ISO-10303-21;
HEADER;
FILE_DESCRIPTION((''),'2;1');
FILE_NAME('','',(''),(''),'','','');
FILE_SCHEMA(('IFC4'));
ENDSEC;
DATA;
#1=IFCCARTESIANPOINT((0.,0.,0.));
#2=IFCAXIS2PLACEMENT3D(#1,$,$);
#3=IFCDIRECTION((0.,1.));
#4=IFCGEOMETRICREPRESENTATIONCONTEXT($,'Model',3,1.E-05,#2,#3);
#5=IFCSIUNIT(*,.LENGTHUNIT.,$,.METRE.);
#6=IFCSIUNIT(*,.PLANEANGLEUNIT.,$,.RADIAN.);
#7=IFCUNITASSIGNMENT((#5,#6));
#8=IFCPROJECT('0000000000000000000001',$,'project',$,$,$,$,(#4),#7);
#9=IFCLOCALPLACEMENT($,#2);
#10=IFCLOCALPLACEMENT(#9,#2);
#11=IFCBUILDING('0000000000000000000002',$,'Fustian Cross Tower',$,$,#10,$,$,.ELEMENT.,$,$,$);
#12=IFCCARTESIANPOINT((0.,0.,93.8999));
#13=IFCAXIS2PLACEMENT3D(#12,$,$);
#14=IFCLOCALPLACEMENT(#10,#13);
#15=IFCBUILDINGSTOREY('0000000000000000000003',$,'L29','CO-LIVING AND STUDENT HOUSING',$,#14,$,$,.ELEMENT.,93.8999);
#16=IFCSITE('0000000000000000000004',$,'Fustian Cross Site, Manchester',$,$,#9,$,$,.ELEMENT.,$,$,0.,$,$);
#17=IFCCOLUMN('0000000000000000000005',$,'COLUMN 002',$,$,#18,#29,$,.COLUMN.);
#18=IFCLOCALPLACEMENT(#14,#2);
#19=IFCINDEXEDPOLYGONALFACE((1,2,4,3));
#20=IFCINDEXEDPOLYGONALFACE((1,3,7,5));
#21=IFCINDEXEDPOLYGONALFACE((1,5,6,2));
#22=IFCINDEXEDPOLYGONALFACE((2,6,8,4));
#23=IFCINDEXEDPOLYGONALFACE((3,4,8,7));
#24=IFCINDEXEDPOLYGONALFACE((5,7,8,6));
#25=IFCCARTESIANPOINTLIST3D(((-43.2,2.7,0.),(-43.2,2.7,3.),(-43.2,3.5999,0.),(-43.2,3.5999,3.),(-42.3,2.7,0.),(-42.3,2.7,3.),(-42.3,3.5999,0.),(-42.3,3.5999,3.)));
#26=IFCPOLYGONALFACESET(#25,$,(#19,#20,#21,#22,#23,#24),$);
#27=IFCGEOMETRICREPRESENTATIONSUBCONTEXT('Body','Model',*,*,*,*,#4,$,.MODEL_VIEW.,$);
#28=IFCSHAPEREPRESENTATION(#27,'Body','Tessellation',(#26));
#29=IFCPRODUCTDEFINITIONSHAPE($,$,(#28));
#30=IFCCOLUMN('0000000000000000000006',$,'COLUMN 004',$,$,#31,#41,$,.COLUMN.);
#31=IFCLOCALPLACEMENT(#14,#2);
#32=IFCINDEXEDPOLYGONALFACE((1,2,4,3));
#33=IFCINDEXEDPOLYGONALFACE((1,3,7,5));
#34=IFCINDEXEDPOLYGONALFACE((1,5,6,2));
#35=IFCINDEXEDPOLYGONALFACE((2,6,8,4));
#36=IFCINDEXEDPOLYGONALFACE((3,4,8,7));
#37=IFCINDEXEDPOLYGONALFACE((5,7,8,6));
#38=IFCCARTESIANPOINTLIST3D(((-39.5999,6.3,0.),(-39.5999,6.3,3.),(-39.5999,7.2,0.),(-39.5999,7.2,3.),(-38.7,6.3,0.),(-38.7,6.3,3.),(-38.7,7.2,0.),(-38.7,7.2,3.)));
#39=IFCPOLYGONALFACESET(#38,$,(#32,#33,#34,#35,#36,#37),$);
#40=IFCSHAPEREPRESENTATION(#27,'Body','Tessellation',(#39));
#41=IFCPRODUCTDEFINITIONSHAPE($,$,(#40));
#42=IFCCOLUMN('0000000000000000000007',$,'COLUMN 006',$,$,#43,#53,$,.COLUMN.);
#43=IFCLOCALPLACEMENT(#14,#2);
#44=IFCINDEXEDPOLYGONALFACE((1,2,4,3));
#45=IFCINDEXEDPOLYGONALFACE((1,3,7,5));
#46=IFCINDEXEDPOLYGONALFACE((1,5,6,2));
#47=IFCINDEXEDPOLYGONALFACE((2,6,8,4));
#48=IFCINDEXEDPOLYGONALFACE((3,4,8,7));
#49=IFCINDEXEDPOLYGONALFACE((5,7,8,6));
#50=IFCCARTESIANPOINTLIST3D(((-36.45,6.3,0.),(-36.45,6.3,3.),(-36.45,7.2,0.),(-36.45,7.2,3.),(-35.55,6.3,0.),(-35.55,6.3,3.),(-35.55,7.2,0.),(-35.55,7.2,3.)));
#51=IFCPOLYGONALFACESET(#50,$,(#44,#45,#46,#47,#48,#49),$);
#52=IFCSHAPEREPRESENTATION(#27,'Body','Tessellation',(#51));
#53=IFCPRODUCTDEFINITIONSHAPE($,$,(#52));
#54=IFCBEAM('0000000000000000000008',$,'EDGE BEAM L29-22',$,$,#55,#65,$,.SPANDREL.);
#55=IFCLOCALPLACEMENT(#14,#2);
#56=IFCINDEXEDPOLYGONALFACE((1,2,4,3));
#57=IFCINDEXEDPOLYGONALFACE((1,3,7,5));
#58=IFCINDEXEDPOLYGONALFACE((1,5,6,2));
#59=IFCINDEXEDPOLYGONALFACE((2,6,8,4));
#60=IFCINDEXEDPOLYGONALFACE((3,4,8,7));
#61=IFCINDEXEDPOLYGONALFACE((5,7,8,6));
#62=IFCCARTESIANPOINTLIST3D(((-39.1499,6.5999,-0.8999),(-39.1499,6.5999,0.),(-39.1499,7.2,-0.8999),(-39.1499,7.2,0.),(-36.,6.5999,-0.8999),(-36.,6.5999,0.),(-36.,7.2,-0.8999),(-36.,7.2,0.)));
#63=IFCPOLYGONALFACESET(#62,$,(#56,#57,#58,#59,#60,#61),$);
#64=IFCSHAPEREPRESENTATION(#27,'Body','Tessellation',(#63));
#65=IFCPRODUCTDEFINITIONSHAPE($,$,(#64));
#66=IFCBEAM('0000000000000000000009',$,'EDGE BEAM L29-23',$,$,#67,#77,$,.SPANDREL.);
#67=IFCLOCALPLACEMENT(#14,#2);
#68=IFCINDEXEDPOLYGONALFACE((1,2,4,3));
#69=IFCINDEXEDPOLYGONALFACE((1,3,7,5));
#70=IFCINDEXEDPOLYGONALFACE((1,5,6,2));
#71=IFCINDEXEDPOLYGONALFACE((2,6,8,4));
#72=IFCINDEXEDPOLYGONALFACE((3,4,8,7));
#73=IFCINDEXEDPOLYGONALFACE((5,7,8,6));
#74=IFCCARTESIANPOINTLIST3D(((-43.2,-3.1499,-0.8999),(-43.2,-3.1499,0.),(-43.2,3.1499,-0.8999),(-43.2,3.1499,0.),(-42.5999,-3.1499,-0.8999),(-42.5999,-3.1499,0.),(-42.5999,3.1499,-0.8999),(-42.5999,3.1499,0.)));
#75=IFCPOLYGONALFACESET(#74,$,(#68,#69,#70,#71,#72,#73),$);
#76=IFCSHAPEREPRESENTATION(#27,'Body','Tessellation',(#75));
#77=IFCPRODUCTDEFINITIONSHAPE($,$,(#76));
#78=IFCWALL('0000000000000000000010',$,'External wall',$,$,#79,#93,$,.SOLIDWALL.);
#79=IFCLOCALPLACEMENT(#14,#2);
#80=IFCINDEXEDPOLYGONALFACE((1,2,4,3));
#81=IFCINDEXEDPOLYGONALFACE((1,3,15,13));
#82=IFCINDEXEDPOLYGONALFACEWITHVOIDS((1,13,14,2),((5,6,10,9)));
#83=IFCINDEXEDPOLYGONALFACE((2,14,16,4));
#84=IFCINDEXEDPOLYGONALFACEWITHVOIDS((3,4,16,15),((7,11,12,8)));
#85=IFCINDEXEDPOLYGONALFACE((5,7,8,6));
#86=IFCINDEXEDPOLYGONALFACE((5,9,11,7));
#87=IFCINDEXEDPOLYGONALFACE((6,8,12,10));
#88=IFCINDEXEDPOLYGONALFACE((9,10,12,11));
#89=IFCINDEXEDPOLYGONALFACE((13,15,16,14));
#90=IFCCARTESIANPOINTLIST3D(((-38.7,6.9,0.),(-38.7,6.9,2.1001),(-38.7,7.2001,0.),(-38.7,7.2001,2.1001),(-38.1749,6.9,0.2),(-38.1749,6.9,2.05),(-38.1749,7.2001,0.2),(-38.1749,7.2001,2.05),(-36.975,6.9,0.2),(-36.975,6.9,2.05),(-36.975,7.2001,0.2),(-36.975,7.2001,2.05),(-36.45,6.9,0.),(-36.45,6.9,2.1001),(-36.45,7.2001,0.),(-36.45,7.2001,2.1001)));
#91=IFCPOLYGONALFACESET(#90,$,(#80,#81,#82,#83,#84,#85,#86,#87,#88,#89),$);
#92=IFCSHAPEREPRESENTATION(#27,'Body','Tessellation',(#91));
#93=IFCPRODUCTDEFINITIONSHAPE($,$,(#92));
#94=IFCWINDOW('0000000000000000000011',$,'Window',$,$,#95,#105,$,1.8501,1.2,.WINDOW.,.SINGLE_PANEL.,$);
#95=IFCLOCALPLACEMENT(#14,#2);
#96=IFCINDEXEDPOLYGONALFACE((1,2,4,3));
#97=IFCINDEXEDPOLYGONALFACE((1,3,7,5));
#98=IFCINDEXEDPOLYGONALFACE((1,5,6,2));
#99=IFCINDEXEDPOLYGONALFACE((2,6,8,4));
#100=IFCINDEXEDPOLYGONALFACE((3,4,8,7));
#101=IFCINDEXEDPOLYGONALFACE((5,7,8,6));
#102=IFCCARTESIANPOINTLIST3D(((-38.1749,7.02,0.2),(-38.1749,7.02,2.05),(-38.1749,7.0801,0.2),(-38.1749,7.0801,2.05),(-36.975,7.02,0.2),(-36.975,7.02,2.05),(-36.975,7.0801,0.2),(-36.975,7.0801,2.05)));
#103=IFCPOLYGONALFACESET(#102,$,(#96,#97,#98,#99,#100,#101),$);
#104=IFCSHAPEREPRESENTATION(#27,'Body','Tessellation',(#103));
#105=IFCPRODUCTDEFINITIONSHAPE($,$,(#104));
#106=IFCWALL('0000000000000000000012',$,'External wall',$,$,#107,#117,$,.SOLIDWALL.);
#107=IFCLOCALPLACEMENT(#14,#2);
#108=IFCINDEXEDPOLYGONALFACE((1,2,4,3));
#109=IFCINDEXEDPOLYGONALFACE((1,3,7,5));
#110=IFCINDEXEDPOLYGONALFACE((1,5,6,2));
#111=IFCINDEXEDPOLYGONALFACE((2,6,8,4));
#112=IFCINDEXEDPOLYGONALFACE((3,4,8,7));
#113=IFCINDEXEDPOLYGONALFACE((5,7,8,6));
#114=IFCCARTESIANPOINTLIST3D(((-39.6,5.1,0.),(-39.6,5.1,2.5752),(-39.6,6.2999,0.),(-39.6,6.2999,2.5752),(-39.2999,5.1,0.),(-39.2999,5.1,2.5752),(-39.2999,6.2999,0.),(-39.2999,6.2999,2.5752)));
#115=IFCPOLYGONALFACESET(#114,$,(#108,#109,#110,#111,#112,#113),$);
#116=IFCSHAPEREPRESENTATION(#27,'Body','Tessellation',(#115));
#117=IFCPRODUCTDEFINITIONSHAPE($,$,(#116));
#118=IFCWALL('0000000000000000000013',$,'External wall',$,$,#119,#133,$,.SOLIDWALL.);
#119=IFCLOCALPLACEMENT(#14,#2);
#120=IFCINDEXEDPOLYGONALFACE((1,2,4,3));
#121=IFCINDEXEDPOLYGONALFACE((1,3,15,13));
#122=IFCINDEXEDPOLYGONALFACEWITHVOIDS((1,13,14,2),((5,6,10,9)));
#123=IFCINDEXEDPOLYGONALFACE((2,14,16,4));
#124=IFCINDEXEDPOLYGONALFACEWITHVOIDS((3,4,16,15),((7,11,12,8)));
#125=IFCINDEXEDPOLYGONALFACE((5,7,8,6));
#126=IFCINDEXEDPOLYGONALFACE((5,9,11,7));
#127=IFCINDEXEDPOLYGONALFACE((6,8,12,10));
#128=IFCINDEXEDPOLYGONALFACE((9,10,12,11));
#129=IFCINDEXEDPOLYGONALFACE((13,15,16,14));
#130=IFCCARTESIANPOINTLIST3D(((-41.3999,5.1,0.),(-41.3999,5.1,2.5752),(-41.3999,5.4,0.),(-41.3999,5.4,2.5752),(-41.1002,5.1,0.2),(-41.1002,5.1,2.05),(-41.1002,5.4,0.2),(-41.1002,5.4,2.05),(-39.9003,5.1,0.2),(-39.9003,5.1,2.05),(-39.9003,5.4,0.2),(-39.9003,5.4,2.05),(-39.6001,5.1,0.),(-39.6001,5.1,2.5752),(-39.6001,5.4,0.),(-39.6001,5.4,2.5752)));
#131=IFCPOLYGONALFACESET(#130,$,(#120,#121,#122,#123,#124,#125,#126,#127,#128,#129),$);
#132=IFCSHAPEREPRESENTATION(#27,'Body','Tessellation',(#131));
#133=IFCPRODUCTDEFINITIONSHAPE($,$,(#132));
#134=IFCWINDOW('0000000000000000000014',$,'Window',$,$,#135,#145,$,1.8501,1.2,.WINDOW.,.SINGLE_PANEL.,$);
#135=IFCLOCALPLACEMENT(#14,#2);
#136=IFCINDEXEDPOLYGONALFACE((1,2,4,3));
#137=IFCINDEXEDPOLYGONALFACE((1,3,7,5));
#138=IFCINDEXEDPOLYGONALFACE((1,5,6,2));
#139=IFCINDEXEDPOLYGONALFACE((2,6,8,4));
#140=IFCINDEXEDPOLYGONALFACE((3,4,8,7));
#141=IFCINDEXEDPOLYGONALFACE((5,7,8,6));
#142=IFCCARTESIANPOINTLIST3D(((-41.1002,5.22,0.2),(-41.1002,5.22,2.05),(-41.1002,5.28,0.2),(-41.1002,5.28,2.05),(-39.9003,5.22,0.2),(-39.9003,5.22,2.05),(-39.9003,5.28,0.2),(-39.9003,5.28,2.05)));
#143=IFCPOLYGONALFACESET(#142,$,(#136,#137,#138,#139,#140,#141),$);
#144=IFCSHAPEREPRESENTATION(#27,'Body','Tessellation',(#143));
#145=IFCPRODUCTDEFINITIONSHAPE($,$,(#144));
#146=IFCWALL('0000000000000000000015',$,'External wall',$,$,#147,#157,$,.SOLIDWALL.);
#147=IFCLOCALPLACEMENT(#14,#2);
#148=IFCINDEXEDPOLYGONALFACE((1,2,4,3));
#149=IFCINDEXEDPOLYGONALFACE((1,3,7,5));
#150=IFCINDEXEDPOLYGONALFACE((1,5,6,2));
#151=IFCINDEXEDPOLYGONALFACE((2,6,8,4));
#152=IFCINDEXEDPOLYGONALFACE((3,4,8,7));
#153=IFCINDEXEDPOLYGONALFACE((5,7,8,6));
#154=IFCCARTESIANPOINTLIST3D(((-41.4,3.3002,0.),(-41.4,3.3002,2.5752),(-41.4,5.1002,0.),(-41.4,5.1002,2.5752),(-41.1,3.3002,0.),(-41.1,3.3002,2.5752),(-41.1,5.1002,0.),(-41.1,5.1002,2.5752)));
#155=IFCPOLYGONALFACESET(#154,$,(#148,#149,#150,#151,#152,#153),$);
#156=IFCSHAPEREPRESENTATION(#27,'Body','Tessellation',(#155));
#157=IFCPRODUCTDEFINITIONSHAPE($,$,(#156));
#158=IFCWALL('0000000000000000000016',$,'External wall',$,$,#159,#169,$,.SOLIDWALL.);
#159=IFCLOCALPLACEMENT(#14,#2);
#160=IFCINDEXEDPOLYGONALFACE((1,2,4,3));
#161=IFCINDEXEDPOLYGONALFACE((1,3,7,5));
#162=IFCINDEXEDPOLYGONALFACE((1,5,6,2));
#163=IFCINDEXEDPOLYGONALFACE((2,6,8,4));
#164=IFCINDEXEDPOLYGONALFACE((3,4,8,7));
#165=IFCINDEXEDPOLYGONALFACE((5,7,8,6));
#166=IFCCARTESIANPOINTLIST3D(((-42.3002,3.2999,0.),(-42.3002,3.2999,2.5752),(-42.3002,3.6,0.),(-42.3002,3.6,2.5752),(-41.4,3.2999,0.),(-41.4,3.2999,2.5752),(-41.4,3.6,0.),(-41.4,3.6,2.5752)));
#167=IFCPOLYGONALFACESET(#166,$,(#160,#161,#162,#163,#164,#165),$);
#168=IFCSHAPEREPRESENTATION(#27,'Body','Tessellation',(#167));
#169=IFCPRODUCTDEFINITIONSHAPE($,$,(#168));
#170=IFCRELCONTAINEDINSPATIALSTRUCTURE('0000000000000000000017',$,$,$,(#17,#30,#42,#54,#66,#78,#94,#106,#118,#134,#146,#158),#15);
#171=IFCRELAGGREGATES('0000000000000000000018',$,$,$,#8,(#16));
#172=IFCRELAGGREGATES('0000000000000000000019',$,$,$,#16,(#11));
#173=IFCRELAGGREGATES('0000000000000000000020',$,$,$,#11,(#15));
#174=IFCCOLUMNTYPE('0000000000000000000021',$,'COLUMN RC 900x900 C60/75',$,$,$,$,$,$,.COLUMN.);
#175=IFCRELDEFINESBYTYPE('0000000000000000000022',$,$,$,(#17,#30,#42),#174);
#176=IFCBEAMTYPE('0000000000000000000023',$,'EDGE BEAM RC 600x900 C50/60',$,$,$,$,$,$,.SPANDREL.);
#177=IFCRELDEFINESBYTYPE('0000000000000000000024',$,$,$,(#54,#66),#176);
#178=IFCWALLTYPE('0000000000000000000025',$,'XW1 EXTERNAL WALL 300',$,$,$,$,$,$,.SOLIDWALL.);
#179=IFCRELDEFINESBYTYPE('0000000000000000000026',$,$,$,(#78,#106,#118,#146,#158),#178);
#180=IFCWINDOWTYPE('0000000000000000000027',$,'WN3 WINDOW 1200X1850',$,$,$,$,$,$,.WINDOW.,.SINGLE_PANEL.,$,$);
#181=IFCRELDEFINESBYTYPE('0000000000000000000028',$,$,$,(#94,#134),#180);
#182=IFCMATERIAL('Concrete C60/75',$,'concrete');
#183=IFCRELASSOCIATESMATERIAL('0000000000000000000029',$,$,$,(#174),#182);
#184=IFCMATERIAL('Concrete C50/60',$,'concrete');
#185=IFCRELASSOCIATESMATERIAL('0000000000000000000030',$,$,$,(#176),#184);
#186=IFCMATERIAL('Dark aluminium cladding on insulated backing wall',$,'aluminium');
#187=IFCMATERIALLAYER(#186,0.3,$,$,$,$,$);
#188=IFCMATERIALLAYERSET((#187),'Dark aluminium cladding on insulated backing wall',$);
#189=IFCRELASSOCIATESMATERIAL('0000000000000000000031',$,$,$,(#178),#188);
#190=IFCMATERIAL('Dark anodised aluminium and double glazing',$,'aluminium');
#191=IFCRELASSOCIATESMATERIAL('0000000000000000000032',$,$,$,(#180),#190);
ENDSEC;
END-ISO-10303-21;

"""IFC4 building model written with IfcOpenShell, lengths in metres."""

from ifc_helpers import new_model, si_unit, direction, frame, frame_2d, origin, origin_2d, place, context, subcontext, project, spatial, rectangle, extrude, material, layer, layer_set, material_profile, profile_set, type_object, element, fill, save


model = new_model("IFC4")

# Units and contexts
model_context = context("Model", 3, precision=1e-05, world=origin(), true_north=direction((0.0, 1.0)))
body_context = subcontext(model_context, "Body", "Model", "MODEL_VIEW")
ifc_project = project(units=[si_unit("LENGTHUNIT", "METRE"), si_unit("PLANEANGLEUNIT", "RADIAN")], contexts=[model_context])

# Site, building, storey
site_placement = place(None, origin())
site = spatial("IfcSite", under=ifc_project, at=site_placement, Name="Fustian Cross Site, Manchester", CompositionType="ELEMENT", RefElevation=0.0)
building_placement = place(site_placement, origin())
building = spatial("IfcBuilding", under=site, at=building_placement, Name="Fustian Cross Tower", CompositionType="ELEMENT")
storey_placement = place(building_placement, frame((0.0, 0.0, 93.8999)))
storey = spatial("IfcBuildingStorey", under=building, at=storey_placement, Name="L29", Description="CO-LIVING AND STUDENT HOUSING", CompositionType="ELEMENT", Elevation=93.8999)

# Columns
ifc_material_1 = material(Name="Concrete C60/75", Category="concrete")
ifc_material_profile_1 = material_profile(ifc_material_1, rectangle(XDim=0.8999, YDim=0.8999, at=origin_2d()), Name="RC 900x900")
ifc_profile_set_1 = profile_set([ifc_material_profile_1], Name="Concrete C60/75")
column_type = type_object("IfcColumnType", Name="COLUMN RC 900x900 C60/75", PredefinedType="COLUMN", material=ifc_profile_set_1)
for number, where, z_axis, x_axis, name in (
    (1, (-42.75, 3.1499, 0.0), (0.0, 0.0, 1.0), (1.0, 0.0, 0.0), "COLUMN 002"),
    (2, (-39.1499, 6.75, 0.0), (0.0, 0.0, 1.0), (1.0, 0.0, 0.0), "COLUMN 004"),
    (3, (-36.0, 6.75, 0.0), (0.0, 0.0, 1.0), (1.0, 0.0, 0.0), "COLUMN 006"),
):
    element("IfcColumn", number, at=place(storey_placement, frame(where, z_axis=z_axis, x_axis=x_axis)), inside=storey, type_object=column_type, Name=name, PredefinedType="COLUMN", context=body_context, shape_type="SweptSolid", body=[
        extrude(rectangle(XDim=0.8999, YDim=0.8999, at=origin_2d()), origin(), (0.0, 0.0, 1.0), 3.0),
    ])

# Beams
ifc_material_2 = material(Name="Concrete C50/60", Category="concrete")
ifc_material_profile_2 = material_profile(ifc_material_2, rectangle(XDim=0.6001, YDim=0.8999, at=origin_2d()), Name="RC 600x900")
ifc_profile_set_2 = profile_set([ifc_material_profile_2], Name="Concrete C50/60")
beam_type = type_object("IfcBeamType", Name="EDGE BEAM RC 600x900 C50/60", PredefinedType="SPANDREL", material=ifc_profile_set_2)
beam_1_placement = place(storey_placement, frame((-36.0, 6.8999, -0.45), z_axis=(-1.0, 0.0, 0.0), x_axis=(0.0, -1.0, 0.0)))
element("IfcBeam", 4, at=beam_1_placement, inside=storey, type_object=beam_type, Name="EDGE BEAM L29-22", PredefinedType="SPANDREL", context=body_context, shape_type="SweptSolid", body=[
    extrude(rectangle(XDim=0.6001, YDim=0.8999, at=origin_2d()), origin(), (0.0, 0.0, 1.0), 3.1499),
])
beam_2_placement = place(storey_placement, frame((-42.8999, 3.1499, -0.45), z_axis=(0.0, -1.0, 0.0), x_axis=(1.0, 0.0, 0.0)))
element("IfcBeam", 5, at=beam_2_placement, inside=storey, type_object=beam_type, Name="EDGE BEAM L29-23", PredefinedType="SPANDREL", context=body_context, shape_type="SweptSolid", body=[
    extrude(rectangle(XDim=0.6001, YDim=0.8999, at=origin_2d()), origin(), (0.0, 0.0, 1.0), 6.2998),
])

# Wall, opening, window
ifc_material_3 = material(Name="Dark aluminium cladding on insulated backing wall", Category="aluminium")
ifc_layer = layer(ifc_material_3, 0.3)
ifc_layer_set = layer_set([ifc_layer], Name="Dark aluminium cladding on insulated backing wall")
wall_type = type_object("IfcWallType", Name="XW1 EXTERNAL WALL 300", PredefinedType="SOLIDWALL", material=ifc_layer_set)
wall_1_placement = place(storey_placement, frame((-36.45, 7.05, 0.0), z_axis=(0.0, 0.0, 1.0), x_axis=(-1.0, 0.0, 0.0)))
wall_1 = element("IfcWall", 6, at=wall_1_placement, inside=storey, type_object=wall_type, Name="External wall", PredefinedType="SOLIDWALL", context=body_context, shape_type="SweptSolid", body=[
    extrude(rectangle(XDim=2.25, YDim=0.3, at=frame_2d((1.125, 0.0))), origin(), (0.0, 0.0, 1.0), 2.1001),
])
opening_1_placement = place(wall_1_placement, frame((0.5249, 0.0, 0.2)))
opening_1 = element("IfcOpeningElement", 7, at=opening_1_placement, cuts=wall_1, PredefinedType="OPENING", context=body_context, shape_type="SweptSolid", body=[
    extrude(rectangle(XDim=1.2, YDim=1.8501, at=frame_2d((0.6001, 0.925))), frame((0.0, 0.1599, 0.0), z_axis=(0.0, -1.0, 0.0), x_axis=(1.0, 0.0, 0.0)), (0.0, 0.0, 1.0), 0.3201),
])
ifc_material_4 = material(Name="Dark anodised aluminium and double glazing", Category="aluminium")
window_type_1 = type_object("IfcWindowType", Name="WN3 WINDOW 1200X1850", PartitioningType="SINGLE_PANEL", PredefinedType="WINDOW", material=ifc_material_4)
window_1_placement = place(opening_1_placement, origin())
window_1 = element("IfcWindow", 8, at=window_1_placement, inside=storey, type_object=window_type_1, Name="Window", OverallHeight=1.8501, OverallWidth=1.2, PartitioningType="SINGLE_PANEL", PredefinedType="WINDOW", context=body_context, shape_type="SweptSolid", body=[
    extrude(rectangle(XDim=1.2, YDim=1.8501, at=frame_2d((0.6001, 0.925))), frame((0.0, 0.03, 0.0), z_axis=(0.0, -1.0, 0.0), x_axis=(1.0, 0.0, 0.0)), (0.0, 0.0, 1.0), 0.0601),
])
fill(opening_1, window_1)

# Wall
wall_2_placement = place(storey_placement, frame((-39.45, 6.3, 0.0), z_axis=(0.0, 0.0, 1.0), x_axis=(0.0, -1.0, 0.0)))
element("IfcWall", 9, at=wall_2_placement, inside=storey, type_object=wall_type, Name="External wall", PredefinedType="SOLIDWALL", context=body_context, shape_type="SweptSolid", body=[
    extrude(rectangle(XDim=1.2, YDim=0.3, at=frame_2d((0.6001, 0.0))), origin(), (0.0, 0.0, 1.0), 2.5752),
])

# Wall, opening, window
wall_3_placement = place(storey_placement, frame((-39.6001, 5.25, 0.0), z_axis=(0.0, 0.0, 1.0), x_axis=(-1.0, 0.0, 0.0)))
wall_3 = element("IfcWall", 10, at=wall_3_placement, inside=storey, type_object=wall_type, Name="External wall", PredefinedType="SOLIDWALL", context=body_context, shape_type="SweptSolid", body=[
    extrude(rectangle(XDim=1.7998, YDim=0.3, at=frame_2d((0.8999, 0.0))), origin(), (0.0, 0.0, 1.0), 2.5752),
])
opening_2_placement = place(wall_3_placement, frame((0.3, 0.0, 0.2)))
opening_2 = element("IfcOpeningElement", 11, at=opening_2_placement, cuts=wall_3, PredefinedType="OPENING", context=body_context, shape_type="SweptSolid", body=[
    extrude(rectangle(XDim=1.2, YDim=1.8501, at=frame_2d((0.6001, 0.925))), frame((0.0, 0.1599, 0.0), z_axis=(0.0, -1.0, 0.0), x_axis=(1.0, 0.0, 0.0)), (0.0, 0.0, 1.0), 0.3201),
])
window_2_placement = place(opening_2_placement, origin())
window_2 = element("IfcWindow", 12, at=window_2_placement, inside=storey, type_object=window_type_1, Name="Window", OverallHeight=1.8501, OverallWidth=1.2, PartitioningType="SINGLE_PANEL", PredefinedType="WINDOW", context=body_context, shape_type="SweptSolid", body=[
    extrude(rectangle(XDim=1.2, YDim=1.8501, at=frame_2d((0.6001, 0.925))), frame((0.0, 0.03, 0.0), z_axis=(0.0, -1.0, 0.0), x_axis=(1.0, 0.0, 0.0)), (0.0, 0.0, 1.0), 0.0601),
])
fill(opening_2, window_2)

# Walls
wall_4_placement = place(storey_placement, frame((-41.25, 5.1001, 0.0), z_axis=(0.0, 0.0, 1.0), x_axis=(0.0, -1.0, 0.0)))
element("IfcWall", 13, at=wall_4_placement, inside=storey, type_object=wall_type, Name="External wall", PredefinedType="SOLIDWALL", context=body_context, shape_type="SweptSolid", body=[
    extrude(rectangle(XDim=1.8, YDim=0.3, at=frame_2d((0.8999, 0.0))), origin(), (0.0, 0.0, 1.0), 2.5752),
])
wall_5_placement = place(storey_placement, frame((-41.3999, 3.45, 0.0), z_axis=(0.0, 0.0, 1.0), x_axis=(-1.0, 0.0, 0.0)))
element("IfcWall", 14, at=wall_5_placement, inside=storey, type_object=wall_type, Name="External wall", PredefinedType="SOLIDWALL", context=body_context, shape_type="SweptSolid", body=[
    extrude(rectangle(XDim=0.9001, YDim=0.3, at=frame_2d((0.4502, 0.0))), origin(), (0.0, 0.0, 1.0), 2.5752),
])

save(model, "model.ifc")
